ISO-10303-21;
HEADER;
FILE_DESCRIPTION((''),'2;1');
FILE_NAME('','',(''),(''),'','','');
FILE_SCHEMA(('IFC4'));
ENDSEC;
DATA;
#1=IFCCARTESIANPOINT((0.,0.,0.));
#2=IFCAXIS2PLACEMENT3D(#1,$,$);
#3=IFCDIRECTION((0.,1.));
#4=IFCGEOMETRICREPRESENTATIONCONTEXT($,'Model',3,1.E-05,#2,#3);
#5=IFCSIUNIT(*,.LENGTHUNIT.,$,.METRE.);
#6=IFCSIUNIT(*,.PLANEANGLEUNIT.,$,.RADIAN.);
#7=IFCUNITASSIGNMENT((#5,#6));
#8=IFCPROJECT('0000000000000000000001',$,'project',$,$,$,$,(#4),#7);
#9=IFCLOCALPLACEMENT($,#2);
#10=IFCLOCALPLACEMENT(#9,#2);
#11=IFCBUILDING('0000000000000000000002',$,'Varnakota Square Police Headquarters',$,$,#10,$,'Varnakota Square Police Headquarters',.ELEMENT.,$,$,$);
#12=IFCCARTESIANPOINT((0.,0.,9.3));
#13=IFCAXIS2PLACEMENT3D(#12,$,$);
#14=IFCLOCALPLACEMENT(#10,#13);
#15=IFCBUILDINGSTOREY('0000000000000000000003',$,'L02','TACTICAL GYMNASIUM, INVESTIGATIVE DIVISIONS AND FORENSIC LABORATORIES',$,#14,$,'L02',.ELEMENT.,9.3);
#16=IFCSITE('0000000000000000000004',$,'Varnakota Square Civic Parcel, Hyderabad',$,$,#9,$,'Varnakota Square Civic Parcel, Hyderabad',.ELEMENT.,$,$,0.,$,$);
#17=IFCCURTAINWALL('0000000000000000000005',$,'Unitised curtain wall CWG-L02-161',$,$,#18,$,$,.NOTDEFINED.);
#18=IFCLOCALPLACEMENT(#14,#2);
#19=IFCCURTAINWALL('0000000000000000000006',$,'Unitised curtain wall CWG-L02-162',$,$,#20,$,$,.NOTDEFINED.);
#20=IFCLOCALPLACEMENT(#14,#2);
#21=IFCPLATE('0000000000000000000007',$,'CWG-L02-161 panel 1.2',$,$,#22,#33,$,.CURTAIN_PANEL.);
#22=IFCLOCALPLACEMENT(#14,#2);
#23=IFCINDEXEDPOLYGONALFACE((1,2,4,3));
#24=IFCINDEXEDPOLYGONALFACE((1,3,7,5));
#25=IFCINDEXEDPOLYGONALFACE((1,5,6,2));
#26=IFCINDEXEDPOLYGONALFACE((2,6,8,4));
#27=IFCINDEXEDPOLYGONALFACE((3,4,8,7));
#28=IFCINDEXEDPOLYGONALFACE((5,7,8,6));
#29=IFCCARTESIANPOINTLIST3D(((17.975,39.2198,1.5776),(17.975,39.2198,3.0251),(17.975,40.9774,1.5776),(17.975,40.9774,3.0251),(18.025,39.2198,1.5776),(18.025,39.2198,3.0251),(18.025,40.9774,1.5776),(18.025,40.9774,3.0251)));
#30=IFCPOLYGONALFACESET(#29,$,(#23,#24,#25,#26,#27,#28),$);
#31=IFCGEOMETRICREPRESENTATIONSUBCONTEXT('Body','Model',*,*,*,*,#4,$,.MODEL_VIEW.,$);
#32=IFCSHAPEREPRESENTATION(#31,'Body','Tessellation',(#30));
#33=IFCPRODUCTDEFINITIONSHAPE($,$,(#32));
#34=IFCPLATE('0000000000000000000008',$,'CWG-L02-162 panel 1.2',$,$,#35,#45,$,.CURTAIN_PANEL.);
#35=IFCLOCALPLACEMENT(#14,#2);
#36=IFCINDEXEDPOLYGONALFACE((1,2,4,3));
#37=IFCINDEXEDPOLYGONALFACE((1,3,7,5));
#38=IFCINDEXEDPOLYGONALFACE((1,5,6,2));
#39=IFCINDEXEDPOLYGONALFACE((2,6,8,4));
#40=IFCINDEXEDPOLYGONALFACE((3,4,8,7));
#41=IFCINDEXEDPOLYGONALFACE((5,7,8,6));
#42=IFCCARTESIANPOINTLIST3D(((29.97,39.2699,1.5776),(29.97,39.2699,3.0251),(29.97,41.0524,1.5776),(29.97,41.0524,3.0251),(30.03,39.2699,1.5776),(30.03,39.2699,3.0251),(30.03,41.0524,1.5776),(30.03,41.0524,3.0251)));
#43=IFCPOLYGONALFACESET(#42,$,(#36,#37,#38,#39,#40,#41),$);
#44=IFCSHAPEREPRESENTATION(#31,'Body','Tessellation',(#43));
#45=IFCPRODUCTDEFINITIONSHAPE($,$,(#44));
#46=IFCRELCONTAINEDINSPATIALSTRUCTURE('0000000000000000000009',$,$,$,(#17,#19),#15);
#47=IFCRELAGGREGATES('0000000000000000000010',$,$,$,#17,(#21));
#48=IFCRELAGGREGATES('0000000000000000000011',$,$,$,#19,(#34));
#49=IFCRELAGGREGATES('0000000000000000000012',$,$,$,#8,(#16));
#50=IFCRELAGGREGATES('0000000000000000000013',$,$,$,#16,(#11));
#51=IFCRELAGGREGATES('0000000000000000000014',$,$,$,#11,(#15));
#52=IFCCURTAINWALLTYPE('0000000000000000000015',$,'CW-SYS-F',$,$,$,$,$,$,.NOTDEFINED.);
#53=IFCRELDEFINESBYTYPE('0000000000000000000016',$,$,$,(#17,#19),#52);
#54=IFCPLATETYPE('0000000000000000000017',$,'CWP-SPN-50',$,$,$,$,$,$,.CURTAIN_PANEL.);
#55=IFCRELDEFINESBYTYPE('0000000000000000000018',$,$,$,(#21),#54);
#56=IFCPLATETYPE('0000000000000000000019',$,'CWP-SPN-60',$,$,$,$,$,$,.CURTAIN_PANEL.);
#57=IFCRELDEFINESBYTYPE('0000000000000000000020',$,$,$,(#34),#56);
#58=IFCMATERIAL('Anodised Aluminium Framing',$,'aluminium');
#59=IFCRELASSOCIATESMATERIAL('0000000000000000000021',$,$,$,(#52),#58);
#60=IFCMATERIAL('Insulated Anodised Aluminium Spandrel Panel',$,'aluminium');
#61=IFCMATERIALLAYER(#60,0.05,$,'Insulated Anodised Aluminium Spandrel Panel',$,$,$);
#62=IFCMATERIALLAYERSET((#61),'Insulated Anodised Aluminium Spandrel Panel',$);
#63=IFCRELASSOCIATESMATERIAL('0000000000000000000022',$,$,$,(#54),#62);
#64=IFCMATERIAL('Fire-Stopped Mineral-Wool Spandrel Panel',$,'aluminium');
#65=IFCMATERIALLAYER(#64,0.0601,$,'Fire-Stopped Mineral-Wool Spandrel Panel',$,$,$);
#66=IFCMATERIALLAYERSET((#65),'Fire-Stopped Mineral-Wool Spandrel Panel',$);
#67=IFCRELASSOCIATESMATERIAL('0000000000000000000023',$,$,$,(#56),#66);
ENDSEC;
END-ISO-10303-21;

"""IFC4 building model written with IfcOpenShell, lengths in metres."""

from ifc_helpers import new_model, si_unit, direction, frame, origin, origin_2d, place, context, subcontext, project, spatial, rectangle, extrude, material, layer, layer_set, type_object, element, aggregate, save


model = new_model("IFC4")

# Units and contexts
model_context = context("Model", 3, precision=1e-05, world=origin(), true_north=direction((0.0, 1.0)))
body_context = subcontext(model_context, "Body", "Model", "MODEL_VIEW")
ifc_project = project(units=[si_unit("LENGTHUNIT", "METRE"), si_unit("PLANEANGLEUNIT", "RADIAN")], contexts=[model_context])

# Site, building, storey
site_placement = place(None, origin())
site = spatial("IfcSite", under=ifc_project, at=site_placement, Name="Varnakota Square Civic Parcel, Hyderabad", LongName="Varnakota Square Civic Parcel, Hyderabad", CompositionType="ELEMENT", RefElevation=0.0)
building_placement = place(site_placement, origin())
building = spatial("IfcBuilding", under=site, at=building_placement, Name="Varnakota Square Police Headquarters", LongName="Varnakota Square Police Headquarters", CompositionType="ELEMENT")
storey_placement = place(building_placement, frame((0.0, 0.0, 9.3)))
storey = spatial("IfcBuildingStorey", under=building, at=storey_placement, Name="L02", Description="TACTICAL GYMNASIUM, INVESTIGATIVE DIVISIONS AND FORENSIC LABORATORIES", LongName="L02", CompositionType="ELEMENT", Elevation=9.3)

# Curtain walls
ifc_material_1 = material(Name="Anodised Aluminium Framing", Category="aluminium")
curtain_wall_type = type_object("IfcCurtainWallType", Name="CW-SYS-F", PredefinedType="NOTDEFINED", material=ifc_material_1)
curtain_wall_1_placement = place(storey_placement, origin())
curtain_wall_1 = element("IfcCurtainWall", 1, at=curtain_wall_1_placement, inside=storey, type_object=curtain_wall_type, Name="Unitised curtain wall CWG-L02-161", PredefinedType="NOTDEFINED")
curtain_wall_2_placement = place(storey_placement, origin())
curtain_wall_2 = element("IfcCurtainWall", 2, at=curtain_wall_2_placement, inside=storey, type_object=curtain_wall_type, Name="Unitised curtain wall CWG-L02-162", PredefinedType="NOTDEFINED")

# Plates
ifc_material_2 = material(Name="Insulated Anodised Aluminium Spandrel Panel", Category="aluminium")
ifc_layer_1 = layer(ifc_material_2, 0.05, Name="Insulated Anodised Aluminium Spandrel Panel")
ifc_layer_set_1 = layer_set([ifc_layer_1], Name="Insulated Anodised Aluminium Spandrel Panel")
plate_type_1 = type_object("IfcPlateType", Name="CWP-SPN-50", PredefinedType="CURTAIN_PANEL", material=ifc_layer_set_1)
plate_1_placement = place(storey_placement, frame((18.0, 40.0986, 1.5776), z_axis=(0.0, 0.0, 1.0), x_axis=(0.0, 1.0, 0.0)))
plate_1 = element("IfcPlate", 3, at=plate_1_placement, type_object=plate_type_1, Name="CWG-L02-161 panel 1.2", PredefinedType="CURTAIN_PANEL", context=body_context, shape_type="SweptSolid", body=[
    extrude(rectangle(XDim=1.7576, YDim=0.05, at=origin_2d()), origin(), (0.0, 0.0, 1.0), 1.4475),
])
aggregate(curtain_wall_1, [plate_1])
ifc_material_3 = material(Name="Fire-Stopped Mineral-Wool Spandrel Panel", Category="aluminium")
ifc_layer_2 = layer(ifc_material_3, 0.0601, Name="Fire-Stopped Mineral-Wool Spandrel Panel")
ifc_layer_set_2 = layer_set([ifc_layer_2], Name="Fire-Stopped Mineral-Wool Spandrel Panel")
plate_type_2 = type_object("IfcPlateType", Name="CWP-SPN-60", PredefinedType="CURTAIN_PANEL", material=ifc_layer_set_2)
plate_2_placement = place(storey_placement, frame((30.0, 40.1611, 1.5776), z_axis=(0.0, 0.0, 1.0), x_axis=(0.0, 1.0, 0.0)))
plate_2 = element("IfcPlate", 4, at=plate_2_placement, type_object=plate_type_2, Name="CWG-L02-162 panel 1.2", PredefinedType="CURTAIN_PANEL", context=body_context, shape_type="SweptSolid", body=[
    extrude(rectangle(XDim=1.7825, YDim=0.0601, at=origin_2d()), origin(), (0.0, 0.0, 1.0), 1.4475),
])
aggregate(curtain_wall_2, [plate_2])

save(model, "model.ifc")
